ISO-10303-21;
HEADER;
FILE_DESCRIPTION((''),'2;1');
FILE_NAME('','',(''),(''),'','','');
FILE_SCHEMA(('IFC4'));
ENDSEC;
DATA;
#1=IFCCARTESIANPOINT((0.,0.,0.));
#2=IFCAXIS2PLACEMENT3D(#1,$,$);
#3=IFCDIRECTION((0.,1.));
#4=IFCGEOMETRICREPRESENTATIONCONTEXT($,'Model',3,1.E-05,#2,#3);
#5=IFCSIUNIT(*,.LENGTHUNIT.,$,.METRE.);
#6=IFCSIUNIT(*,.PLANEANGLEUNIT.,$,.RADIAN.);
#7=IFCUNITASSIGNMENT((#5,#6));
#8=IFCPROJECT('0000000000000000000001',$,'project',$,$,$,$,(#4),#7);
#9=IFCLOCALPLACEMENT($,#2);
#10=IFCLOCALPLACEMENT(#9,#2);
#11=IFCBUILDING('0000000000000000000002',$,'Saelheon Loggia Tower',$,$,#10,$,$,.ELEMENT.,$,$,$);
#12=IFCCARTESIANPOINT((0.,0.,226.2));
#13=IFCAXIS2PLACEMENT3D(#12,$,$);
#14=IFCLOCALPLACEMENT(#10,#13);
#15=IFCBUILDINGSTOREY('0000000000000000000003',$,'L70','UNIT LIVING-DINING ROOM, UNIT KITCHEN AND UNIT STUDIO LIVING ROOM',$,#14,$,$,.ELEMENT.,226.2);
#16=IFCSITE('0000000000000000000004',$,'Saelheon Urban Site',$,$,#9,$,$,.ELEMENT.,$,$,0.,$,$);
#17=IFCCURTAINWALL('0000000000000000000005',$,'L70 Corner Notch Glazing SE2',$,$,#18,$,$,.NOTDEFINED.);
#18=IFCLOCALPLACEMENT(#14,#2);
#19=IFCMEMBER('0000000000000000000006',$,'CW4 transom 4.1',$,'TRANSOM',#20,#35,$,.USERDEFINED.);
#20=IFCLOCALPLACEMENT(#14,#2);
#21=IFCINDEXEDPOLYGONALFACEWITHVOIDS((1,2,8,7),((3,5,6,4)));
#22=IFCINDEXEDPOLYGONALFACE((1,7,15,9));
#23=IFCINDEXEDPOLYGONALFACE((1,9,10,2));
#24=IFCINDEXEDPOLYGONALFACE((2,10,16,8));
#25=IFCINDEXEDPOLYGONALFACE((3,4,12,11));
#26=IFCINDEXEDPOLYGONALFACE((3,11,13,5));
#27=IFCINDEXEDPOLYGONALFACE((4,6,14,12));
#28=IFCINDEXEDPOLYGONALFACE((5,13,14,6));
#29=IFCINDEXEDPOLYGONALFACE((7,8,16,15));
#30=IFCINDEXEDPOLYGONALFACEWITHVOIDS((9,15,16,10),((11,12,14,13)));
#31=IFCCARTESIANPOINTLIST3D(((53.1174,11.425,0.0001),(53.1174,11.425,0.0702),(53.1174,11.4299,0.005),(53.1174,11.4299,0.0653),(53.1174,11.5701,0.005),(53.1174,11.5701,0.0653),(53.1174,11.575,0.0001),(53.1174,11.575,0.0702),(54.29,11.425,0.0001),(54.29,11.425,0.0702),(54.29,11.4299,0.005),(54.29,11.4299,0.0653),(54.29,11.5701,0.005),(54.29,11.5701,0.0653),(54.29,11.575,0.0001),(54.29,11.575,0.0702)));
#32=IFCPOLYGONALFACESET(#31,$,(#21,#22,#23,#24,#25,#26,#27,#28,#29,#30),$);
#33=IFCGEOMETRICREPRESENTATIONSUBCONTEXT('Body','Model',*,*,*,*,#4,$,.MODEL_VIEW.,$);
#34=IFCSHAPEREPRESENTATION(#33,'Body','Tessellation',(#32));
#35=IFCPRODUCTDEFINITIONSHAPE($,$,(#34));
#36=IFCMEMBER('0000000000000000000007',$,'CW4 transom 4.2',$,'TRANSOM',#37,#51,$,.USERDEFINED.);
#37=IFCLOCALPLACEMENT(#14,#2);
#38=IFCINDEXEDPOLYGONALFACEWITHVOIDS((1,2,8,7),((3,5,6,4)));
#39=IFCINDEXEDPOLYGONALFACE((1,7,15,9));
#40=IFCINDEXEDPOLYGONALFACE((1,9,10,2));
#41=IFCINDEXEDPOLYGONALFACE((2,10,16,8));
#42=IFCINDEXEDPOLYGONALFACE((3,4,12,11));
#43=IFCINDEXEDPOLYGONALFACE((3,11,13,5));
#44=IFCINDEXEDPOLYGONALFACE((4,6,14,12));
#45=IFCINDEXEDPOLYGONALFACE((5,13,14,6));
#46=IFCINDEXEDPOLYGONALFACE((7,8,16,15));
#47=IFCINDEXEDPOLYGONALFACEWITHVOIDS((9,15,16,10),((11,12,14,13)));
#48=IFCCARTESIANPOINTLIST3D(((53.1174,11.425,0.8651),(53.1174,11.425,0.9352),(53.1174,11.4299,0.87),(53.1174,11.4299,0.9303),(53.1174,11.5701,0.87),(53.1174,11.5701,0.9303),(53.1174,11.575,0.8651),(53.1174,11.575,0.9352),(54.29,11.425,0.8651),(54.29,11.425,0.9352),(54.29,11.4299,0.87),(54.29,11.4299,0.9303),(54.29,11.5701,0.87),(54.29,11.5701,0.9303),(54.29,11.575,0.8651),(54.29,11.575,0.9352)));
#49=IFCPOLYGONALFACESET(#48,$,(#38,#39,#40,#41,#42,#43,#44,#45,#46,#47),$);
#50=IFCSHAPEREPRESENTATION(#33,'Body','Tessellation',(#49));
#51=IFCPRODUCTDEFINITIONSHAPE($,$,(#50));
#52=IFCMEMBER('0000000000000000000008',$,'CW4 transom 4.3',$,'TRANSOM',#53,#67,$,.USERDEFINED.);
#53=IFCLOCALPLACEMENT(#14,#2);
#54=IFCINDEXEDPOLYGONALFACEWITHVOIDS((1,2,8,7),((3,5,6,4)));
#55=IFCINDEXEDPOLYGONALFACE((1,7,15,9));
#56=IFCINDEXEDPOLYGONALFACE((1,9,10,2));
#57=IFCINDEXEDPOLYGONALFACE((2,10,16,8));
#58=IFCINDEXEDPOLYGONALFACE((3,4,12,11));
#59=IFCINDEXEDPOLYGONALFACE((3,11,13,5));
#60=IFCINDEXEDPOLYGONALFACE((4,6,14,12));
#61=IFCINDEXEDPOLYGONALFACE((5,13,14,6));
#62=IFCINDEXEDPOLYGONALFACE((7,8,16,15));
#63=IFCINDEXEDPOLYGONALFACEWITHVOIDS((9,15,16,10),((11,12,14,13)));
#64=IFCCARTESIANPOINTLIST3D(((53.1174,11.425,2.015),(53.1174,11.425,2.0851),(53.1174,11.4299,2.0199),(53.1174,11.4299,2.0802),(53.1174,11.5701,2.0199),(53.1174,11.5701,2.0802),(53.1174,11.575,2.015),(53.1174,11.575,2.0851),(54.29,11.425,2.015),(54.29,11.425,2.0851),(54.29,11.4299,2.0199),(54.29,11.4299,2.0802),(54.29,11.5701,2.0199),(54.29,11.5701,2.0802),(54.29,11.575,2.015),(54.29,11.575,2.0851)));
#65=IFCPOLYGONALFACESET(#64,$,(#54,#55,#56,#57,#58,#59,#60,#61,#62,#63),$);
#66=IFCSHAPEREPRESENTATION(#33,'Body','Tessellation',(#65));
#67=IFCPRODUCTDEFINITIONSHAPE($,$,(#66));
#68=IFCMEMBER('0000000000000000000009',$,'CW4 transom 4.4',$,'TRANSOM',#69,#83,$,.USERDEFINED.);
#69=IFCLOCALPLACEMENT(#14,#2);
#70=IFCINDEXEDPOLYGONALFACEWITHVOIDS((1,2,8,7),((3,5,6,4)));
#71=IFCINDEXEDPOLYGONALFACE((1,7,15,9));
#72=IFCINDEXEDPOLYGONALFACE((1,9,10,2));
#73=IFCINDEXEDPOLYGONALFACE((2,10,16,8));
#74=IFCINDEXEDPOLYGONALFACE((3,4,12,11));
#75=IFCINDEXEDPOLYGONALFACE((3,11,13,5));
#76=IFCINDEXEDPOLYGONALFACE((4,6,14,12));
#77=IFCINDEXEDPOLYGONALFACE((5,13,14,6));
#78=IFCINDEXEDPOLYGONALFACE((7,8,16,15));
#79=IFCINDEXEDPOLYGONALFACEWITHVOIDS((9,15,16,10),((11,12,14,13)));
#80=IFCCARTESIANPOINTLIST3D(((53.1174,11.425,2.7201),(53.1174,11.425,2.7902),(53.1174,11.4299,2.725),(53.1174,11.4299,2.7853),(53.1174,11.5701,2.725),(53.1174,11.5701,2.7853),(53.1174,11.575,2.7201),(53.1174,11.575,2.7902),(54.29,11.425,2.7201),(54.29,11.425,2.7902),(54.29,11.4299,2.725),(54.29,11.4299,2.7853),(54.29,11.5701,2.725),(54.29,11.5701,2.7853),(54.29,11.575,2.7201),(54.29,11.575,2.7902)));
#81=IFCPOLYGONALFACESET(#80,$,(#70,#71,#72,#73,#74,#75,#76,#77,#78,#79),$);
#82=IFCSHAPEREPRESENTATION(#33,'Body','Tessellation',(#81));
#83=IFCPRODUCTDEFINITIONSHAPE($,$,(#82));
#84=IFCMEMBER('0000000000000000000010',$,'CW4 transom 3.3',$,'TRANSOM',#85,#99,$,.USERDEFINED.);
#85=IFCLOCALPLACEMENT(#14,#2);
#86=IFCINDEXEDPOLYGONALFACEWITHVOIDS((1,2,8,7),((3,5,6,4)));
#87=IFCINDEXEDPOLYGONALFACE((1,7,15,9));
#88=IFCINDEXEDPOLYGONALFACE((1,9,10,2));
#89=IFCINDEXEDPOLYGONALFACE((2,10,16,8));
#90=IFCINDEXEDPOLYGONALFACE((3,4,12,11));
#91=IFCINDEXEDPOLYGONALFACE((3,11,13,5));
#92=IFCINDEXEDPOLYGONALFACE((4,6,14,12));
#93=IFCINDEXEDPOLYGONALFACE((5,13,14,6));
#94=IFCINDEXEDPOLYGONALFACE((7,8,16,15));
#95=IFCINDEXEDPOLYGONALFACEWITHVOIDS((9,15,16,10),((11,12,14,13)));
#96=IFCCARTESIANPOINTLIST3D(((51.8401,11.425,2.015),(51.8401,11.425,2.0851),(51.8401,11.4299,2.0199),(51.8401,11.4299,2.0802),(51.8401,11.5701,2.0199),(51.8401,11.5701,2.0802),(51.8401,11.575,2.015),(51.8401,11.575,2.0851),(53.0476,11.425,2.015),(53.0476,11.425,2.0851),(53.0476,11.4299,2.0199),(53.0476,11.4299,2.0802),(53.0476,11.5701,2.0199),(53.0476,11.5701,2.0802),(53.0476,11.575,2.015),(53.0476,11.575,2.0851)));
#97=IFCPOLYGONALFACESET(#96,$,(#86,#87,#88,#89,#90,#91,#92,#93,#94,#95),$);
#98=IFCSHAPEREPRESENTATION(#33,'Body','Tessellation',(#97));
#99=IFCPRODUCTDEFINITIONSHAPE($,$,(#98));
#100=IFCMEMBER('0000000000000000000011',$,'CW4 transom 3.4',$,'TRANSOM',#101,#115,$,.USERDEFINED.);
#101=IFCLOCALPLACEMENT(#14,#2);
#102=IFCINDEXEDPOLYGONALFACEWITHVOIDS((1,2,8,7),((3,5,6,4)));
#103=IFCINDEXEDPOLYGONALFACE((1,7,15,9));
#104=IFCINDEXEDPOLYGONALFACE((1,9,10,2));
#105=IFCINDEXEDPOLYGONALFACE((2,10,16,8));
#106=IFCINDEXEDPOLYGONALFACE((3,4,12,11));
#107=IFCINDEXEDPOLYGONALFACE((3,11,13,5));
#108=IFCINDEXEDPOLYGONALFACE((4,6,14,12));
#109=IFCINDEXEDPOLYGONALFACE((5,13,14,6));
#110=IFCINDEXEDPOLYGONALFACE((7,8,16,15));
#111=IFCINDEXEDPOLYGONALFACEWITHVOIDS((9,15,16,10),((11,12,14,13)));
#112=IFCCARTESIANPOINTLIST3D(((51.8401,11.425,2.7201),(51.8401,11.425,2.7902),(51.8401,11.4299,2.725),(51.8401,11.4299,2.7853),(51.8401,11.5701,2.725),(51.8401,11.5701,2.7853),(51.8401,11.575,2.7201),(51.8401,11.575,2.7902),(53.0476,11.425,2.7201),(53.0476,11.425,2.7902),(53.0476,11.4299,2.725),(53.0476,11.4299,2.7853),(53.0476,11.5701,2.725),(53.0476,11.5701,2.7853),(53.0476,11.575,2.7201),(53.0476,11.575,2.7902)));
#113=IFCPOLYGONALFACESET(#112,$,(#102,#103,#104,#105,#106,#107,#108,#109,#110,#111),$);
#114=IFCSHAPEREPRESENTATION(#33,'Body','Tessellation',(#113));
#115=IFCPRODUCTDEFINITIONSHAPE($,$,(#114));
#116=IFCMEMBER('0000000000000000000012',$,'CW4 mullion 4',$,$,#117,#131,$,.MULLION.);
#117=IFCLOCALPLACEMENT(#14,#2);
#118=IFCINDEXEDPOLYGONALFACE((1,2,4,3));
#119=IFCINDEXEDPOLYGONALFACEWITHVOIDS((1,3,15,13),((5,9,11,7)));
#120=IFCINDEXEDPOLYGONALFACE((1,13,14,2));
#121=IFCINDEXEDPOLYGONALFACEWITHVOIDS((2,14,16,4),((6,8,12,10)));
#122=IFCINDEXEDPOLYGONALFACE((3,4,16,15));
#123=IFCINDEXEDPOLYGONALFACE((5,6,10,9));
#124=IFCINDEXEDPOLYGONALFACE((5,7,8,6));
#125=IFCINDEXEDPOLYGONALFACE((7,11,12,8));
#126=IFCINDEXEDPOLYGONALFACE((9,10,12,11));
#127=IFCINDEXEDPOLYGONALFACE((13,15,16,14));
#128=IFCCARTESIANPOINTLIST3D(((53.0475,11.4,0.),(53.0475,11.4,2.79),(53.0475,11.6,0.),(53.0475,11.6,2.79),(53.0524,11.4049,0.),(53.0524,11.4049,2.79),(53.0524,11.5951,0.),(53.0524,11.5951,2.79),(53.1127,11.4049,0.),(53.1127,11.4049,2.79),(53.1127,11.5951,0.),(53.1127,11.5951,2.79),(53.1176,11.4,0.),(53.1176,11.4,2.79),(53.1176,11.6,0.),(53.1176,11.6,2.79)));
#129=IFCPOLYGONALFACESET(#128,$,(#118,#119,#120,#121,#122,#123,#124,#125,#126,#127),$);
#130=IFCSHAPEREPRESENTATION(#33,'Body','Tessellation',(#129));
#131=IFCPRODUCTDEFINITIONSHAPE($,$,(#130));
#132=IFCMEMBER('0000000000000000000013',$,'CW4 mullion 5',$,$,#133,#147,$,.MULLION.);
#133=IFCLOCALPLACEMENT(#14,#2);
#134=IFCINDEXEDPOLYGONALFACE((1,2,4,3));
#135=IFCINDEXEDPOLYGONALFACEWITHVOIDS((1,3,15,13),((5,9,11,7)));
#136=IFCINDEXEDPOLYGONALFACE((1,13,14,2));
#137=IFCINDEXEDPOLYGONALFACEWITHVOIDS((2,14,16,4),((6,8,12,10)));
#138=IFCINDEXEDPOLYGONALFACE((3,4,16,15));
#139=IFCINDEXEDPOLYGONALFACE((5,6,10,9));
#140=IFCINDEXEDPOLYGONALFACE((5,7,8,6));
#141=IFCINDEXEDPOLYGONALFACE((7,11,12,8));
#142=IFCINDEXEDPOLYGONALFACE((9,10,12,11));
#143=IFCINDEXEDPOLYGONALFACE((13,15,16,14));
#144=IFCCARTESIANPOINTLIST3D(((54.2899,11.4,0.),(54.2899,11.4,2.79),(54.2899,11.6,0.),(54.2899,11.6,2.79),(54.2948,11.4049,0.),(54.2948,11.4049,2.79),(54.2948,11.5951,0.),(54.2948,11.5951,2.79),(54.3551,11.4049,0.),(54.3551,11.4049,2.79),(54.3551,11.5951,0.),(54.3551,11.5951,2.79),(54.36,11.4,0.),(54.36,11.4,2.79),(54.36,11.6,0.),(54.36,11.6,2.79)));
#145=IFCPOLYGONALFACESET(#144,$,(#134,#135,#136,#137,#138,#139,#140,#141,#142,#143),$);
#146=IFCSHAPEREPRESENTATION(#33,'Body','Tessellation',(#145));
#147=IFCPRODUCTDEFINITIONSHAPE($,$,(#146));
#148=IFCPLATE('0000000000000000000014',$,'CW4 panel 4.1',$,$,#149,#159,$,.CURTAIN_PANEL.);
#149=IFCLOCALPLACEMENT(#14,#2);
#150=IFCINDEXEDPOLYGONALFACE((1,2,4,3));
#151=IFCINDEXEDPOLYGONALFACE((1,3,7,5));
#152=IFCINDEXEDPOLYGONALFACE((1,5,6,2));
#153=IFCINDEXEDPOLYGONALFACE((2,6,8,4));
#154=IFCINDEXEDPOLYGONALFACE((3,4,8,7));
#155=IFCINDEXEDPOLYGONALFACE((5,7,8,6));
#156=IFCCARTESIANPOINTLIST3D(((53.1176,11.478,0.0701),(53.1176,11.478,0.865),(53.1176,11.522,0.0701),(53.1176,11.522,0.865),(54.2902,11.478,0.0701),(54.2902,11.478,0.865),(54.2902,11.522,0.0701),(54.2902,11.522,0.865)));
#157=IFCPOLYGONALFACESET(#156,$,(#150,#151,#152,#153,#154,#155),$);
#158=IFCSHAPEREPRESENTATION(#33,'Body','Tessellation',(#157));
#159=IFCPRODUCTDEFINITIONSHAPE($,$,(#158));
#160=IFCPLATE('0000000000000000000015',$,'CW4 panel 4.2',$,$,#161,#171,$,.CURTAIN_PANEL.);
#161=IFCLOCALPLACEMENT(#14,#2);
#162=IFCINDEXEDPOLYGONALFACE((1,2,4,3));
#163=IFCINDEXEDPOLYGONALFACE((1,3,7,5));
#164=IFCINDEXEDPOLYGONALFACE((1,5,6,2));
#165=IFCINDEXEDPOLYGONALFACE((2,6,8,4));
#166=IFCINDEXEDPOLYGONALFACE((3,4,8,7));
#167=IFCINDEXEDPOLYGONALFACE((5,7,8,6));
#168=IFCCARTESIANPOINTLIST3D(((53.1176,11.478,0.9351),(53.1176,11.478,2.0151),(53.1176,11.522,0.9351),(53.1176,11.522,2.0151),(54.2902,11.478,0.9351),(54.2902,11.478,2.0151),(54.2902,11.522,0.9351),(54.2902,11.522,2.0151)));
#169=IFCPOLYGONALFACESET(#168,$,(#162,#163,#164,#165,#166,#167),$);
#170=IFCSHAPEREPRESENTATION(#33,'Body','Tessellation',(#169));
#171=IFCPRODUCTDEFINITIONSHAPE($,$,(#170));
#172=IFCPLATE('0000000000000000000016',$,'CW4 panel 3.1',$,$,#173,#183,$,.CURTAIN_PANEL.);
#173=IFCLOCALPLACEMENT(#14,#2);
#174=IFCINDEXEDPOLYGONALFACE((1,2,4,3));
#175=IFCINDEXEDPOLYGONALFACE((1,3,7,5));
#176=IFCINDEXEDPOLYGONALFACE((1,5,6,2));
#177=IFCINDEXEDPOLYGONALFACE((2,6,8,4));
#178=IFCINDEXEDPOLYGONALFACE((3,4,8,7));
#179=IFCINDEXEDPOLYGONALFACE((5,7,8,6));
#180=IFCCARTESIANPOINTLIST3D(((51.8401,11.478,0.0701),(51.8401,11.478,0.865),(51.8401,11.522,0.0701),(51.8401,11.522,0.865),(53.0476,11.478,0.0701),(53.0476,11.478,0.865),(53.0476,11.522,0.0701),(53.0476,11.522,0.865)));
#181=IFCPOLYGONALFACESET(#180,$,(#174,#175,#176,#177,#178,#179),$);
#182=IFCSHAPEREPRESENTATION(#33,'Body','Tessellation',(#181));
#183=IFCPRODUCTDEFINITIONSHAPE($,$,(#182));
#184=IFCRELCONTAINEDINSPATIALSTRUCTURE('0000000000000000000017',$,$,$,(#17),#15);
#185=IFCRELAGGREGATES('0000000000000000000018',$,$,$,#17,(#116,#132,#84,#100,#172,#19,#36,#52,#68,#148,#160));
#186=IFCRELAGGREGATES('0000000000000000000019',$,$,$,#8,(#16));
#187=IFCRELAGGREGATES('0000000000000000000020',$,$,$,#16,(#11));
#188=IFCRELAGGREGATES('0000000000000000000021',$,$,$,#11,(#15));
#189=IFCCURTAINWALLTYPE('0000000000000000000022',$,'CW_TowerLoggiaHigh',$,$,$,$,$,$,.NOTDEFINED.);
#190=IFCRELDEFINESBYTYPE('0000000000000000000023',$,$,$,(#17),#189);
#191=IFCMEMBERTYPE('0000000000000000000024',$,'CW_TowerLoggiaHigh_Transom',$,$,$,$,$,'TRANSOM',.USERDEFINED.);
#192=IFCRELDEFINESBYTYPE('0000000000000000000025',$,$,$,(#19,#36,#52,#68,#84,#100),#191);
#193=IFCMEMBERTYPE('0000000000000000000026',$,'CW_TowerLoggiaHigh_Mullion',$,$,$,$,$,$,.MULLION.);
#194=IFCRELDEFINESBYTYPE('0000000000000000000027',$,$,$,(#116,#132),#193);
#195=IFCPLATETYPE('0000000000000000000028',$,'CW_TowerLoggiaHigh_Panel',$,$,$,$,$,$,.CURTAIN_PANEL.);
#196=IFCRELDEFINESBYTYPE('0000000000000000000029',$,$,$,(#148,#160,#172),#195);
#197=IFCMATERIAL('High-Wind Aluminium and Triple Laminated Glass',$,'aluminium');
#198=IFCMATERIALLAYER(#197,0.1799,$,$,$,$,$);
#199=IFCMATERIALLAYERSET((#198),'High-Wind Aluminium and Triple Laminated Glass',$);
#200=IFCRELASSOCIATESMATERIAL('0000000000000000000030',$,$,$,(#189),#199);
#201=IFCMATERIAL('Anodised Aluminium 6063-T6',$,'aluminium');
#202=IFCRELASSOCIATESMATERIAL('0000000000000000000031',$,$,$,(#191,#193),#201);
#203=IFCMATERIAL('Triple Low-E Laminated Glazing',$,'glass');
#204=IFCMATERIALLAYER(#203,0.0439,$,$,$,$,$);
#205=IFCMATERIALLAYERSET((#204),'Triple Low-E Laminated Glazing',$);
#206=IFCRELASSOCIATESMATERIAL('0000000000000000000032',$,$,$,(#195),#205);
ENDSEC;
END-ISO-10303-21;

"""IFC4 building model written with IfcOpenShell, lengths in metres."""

from ifc_helpers import new_model, si_unit, direction, frame, origin, origin_2d, place, context, subcontext, project, spatial, rectangle, hollow_rectangle, extrude, source, transform, mapped, material, layer, layer_set, material_profile, profile_set, type_object, element, aggregate, save


model = new_model("IFC4")

# Units and contexts
model_context = context("Model", 3, precision=1e-05, world=origin(), true_north=direction((0.0, 1.0)))
body_context = subcontext(model_context, "Body", "Model", "MODEL_VIEW")
ifc_project = project(units=[si_unit("LENGTHUNIT", "METRE"), si_unit("PLANEANGLEUNIT", "RADIAN")], contexts=[model_context])

# Site, building, storey
site_placement = place(None, origin())
site = spatial("IfcSite", under=ifc_project, at=site_placement, Name="Saelheon Urban Site", CompositionType="ELEMENT", RefElevation=0.0)
building_placement = place(site_placement, origin())
building = spatial("IfcBuilding", under=site, at=building_placement, Name="Saelheon Loggia Tower", CompositionType="ELEMENT")
storey_placement = place(building_placement, frame((0.0, 0.0, 226.2)))
storey = spatial("IfcBuildingStorey", under=building, at=storey_placement, Name="L70", Description="UNIT LIVING-DINING ROOM, UNIT KITCHEN AND UNIT STUDIO LIVING ROOM", CompositionType="ELEMENT", Elevation=226.2)

# Curtain wall, members, plates
ifc_material_1 = material(Name="High-Wind Aluminium and Triple Laminated Glass", Category="aluminium")
ifc_layer_1 = layer(ifc_material_1, 0.1799)
ifc_layer_set_1 = layer_set([ifc_layer_1], Name="High-Wind Aluminium and Triple Laminated Glass")
curtain_wall_type = type_object("IfcCurtainWallType", Name="CW_TowerLoggiaHigh", PredefinedType="NOTDEFINED", material=ifc_layer_set_1)
curtain_wall_placement = place(storey_placement, origin())
curtain_wall = element("IfcCurtainWall", 1, at=curtain_wall_placement, inside=storey, type_object=curtain_wall_type, Name="L70 Corner Notch Glazing SE2", PredefinedType="NOTDEFINED")
ifc_material_2 = material(Name="Anodised Aluminium 6063-T6", Category="aluminium")
ifc_material_profile_1 = material_profile(ifc_material_2, hollow_rectangle(XDim=0.0701, YDim=0.1499, WallThickness=0.0049, at=origin_2d()), Name="RHS-150x70x5")
ifc_profile_set_1 = profile_set([ifc_material_profile_1], Name="Anodised Aluminium 6063-T6")
member_type_1 = type_object("IfcMemberType", Name="CW_TowerLoggiaHigh_Transom", ElementType="TRANSOM", PredefinedType="USERDEFINED", material=ifc_profile_set_1)
shared_shape_1 = source(origin(), body_context, "Body", "SweptSolid", [
    extrude(hollow_rectangle(XDim=0.0701, YDim=0.1499, WallThickness=0.0049, at=origin_2d()), origin(), (0.0, 0.0, 1.0), 1.1726),
])
member_1_placement = place(storey_placement, frame((53.1174, 11.5, 0.0352), z_axis=(1.0, 0.0, 0.0), x_axis=(0.0, 0.0, 1.0)))
member_1 = element("IfcMember", 2, at=member_1_placement, type_object=member_type_1, Name="CW4 transom 4.1", ObjectType="TRANSOM", PredefinedType="USERDEFINED", context=body_context, shape_type="MappedRepresentation", body=[
    mapped(shared_shape_1, transform((0.0, 0.0, 0.0), scale=1.0)),
])
member_2_placement = place(storey_placement, frame((53.1174, 11.5, 0.9001), z_axis=(1.0, 0.0, 0.0), x_axis=(0.0, 0.0, 1.0)))
member_2 = element("IfcMember", 3, at=member_2_placement, type_object=member_type_1, Name="CW4 transom 4.2", ObjectType="TRANSOM", PredefinedType="USERDEFINED", context=body_context, shape_type="MappedRepresentation", body=[
    mapped(shared_shape_1, transform((0.0, 0.0, 0.0), scale=1.0)),
])
member_3_placement = place(storey_placement, frame((53.1174, 11.5, 2.05), z_axis=(1.0, 0.0, 0.0), x_axis=(0.0, 0.0, 1.0)))
member_3 = element("IfcMember", 4, at=member_3_placement, type_object=member_type_1, Name="CW4 transom 4.3", ObjectType="TRANSOM", PredefinedType="USERDEFINED", context=body_context, shape_type="MappedRepresentation", body=[
    mapped(shared_shape_1, transform((0.0, 0.0, 0.0), scale=1.0)),
])
member_4_placement = place(storey_placement, frame((53.1174, 11.5, 2.7551), z_axis=(1.0, 0.0, 0.0), x_axis=(0.0, 0.0, 1.0)))
member_4 = element("IfcMember", 5, at=member_4_placement, type_object=member_type_1, Name="CW4 transom 4.4", ObjectType="TRANSOM", PredefinedType="USERDEFINED", context=body_context, shape_type="MappedRepresentation", body=[
    mapped(shared_shape_1, transform((0.0, 0.0, 0.0), scale=1.0)),
])
shared_shape_2 = source(origin(), body_context, "Body", "SweptSolid", [
    extrude(hollow_rectangle(XDim=0.0701, YDim=0.1499, WallThickness=0.0049, at=origin_2d()), origin(), (0.0, 0.0, 1.0), 1.2075),
])
member_5_placement = place(storey_placement, frame((51.8401, 11.5, 2.05), z_axis=(1.0, 0.0, 0.0), x_axis=(0.0, 0.0, 1.0)))
member_5 = element("IfcMember", 6, at=member_5_placement, type_object=member_type_1, Name="CW4 transom 3.3", ObjectType="TRANSOM", PredefinedType="USERDEFINED", context=body_context, shape_type="MappedRepresentation", body=[
    mapped(shared_shape_2, transform((0.0, 0.0, 0.0), scale=1.0)),
])
member_6_placement = place(storey_placement, frame((51.8401, 11.5, 2.7551), z_axis=(1.0, 0.0, 0.0), x_axis=(0.0, 0.0, 1.0)))
member_6 = element("IfcMember", 7, at=member_6_placement, type_object=member_type_1, Name="CW4 transom 3.4", ObjectType="TRANSOM", PredefinedType="USERDEFINED", context=body_context, shape_type="MappedRepresentation", body=[
    mapped(shared_shape_2, transform((0.0, 0.0, 0.0), scale=1.0)),
])
ifc_material_profile_2 = material_profile(ifc_material_2, hollow_rectangle(XDim=0.0701, YDim=0.2, WallThickness=0.0049, at=origin_2d()), Name="RHS-200x70x5")
ifc_profile_set_2 = profile_set([ifc_material_profile_2], Name="Anodised Aluminium 6063-T6")
member_type_2 = type_object("IfcMemberType", Name="CW_TowerLoggiaHigh_Mullion", PredefinedType="MULLION", material=ifc_profile_set_2)
shared_shape_3 = source(origin(), body_context, "Body", "SweptSolid", [
    extrude(hollow_rectangle(XDim=0.0701, YDim=0.2, WallThickness=0.0049, at=origin_2d()), origin(), (0.0, 0.0, 1.0), 2.79),
])
member_7_placement = place(storey_placement, frame((53.0825, 11.5, 0.0), z_axis=(0.0, 0.0, 1.0), x_axis=(1.0, 0.0, 0.0)))
member_7 = element("IfcMember", 8, at=member_7_placement, type_object=member_type_2, Name="CW4 mullion 4", PredefinedType="MULLION", context=body_context, shape_type="MappedRepresentation", body=[
    mapped(shared_shape_3, transform((0.0, 0.0, 0.0), scale=1.0)),
])
member_8_placement = place(storey_placement, frame((54.325, 11.5, 0.0), z_axis=(0.0, 0.0, 1.0), x_axis=(1.0, 0.0, 0.0)))
member_8 = element("IfcMember", 9, at=member_8_placement, type_object=member_type_2, Name="CW4 mullion 5", PredefinedType="MULLION", context=body_context, shape_type="MappedRepresentation", body=[
    mapped(shared_shape_3, transform((0.0, 0.0, 0.0), scale=1.0)),
])
ifc_material_3 = material(Name="Triple Low-E Laminated Glazing", Category="glass")
ifc_layer_2 = layer(ifc_material_3, 0.0439)
ifc_layer_set_2 = layer_set([ifc_layer_2], Name="Triple Low-E Laminated Glazing")
plate_type = type_object("IfcPlateType", Name="CW_TowerLoggiaHigh_Panel", PredefinedType="CURTAIN_PANEL", material=ifc_layer_set_2)
shared_shape_4 = source(origin(), body_context, "Body", "SweptSolid", [
    extrude(rectangle(XDim=1.1726, YDim=0.0439, at=origin_2d()), origin(), (0.0, 0.0, 1.0), 0.7949),
])
plate_1_placement = place(storey_placement, frame((53.7039, 11.5, 0.0701), z_axis=(0.0, 0.0, 1.0), x_axis=(1.0, 0.0, 0.0)))
plate_1 = element("IfcPlate", 10, at=plate_1_placement, type_object=plate_type, Name="CW4 panel 4.1", PredefinedType="CURTAIN_PANEL", context=body_context, shape_type="MappedRepresentation", body=[
    mapped(shared_shape_4, transform((0.0, 0.0, 0.0), scale=1.0)),
])
shared_shape_5 = source(origin(), body_context, "Body", "SweptSolid", [
    extrude(rectangle(XDim=1.1726, YDim=0.0439, at=origin_2d()), origin(), (0.0, 0.0, 1.0), 1.0801),
])
plate_2_placement = place(storey_placement, frame((53.7039, 11.5, 0.9351), z_axis=(0.0, 0.0, 1.0), x_axis=(1.0, 0.0, 0.0)))
plate_2 = element("IfcPlate", 11, at=plate_2_placement, type_object=plate_type, Name="CW4 panel 4.2", PredefinedType="CURTAIN_PANEL", context=body_context, shape_type="MappedRepresentation", body=[
    mapped(shared_shape_5, transform((0.0, 0.0, 0.0), scale=1.0)),
])
shared_shape_6 = source(origin(), body_context, "Body", "SweptSolid", [
    extrude(rectangle(XDim=1.2075, YDim=0.0439, at=origin_2d()), origin(), (0.0, 0.0, 1.0), 0.7949),
])
plate_3_placement = place(storey_placement, frame((52.4438, 11.5, 0.0701), z_axis=(0.0, 0.0, 1.0), x_axis=(1.0, 0.0, 0.0)))
plate_3 = element("IfcPlate", 12, at=plate_3_placement, type_object=plate_type, Name="CW4 panel 3.1", PredefinedType="CURTAIN_PANEL", context=body_context, shape_type="MappedRepresentation", body=[
    mapped(shared_shape_6, transform((0.0, 0.0, 0.0), scale=1.0)),
])
aggregate(curtain_wall, [member_7, member_8, member_5, member_6, plate_3, member_1, member_2, member_3, member_4, plate_1, plate_2])

save(model, "model.ifc")
